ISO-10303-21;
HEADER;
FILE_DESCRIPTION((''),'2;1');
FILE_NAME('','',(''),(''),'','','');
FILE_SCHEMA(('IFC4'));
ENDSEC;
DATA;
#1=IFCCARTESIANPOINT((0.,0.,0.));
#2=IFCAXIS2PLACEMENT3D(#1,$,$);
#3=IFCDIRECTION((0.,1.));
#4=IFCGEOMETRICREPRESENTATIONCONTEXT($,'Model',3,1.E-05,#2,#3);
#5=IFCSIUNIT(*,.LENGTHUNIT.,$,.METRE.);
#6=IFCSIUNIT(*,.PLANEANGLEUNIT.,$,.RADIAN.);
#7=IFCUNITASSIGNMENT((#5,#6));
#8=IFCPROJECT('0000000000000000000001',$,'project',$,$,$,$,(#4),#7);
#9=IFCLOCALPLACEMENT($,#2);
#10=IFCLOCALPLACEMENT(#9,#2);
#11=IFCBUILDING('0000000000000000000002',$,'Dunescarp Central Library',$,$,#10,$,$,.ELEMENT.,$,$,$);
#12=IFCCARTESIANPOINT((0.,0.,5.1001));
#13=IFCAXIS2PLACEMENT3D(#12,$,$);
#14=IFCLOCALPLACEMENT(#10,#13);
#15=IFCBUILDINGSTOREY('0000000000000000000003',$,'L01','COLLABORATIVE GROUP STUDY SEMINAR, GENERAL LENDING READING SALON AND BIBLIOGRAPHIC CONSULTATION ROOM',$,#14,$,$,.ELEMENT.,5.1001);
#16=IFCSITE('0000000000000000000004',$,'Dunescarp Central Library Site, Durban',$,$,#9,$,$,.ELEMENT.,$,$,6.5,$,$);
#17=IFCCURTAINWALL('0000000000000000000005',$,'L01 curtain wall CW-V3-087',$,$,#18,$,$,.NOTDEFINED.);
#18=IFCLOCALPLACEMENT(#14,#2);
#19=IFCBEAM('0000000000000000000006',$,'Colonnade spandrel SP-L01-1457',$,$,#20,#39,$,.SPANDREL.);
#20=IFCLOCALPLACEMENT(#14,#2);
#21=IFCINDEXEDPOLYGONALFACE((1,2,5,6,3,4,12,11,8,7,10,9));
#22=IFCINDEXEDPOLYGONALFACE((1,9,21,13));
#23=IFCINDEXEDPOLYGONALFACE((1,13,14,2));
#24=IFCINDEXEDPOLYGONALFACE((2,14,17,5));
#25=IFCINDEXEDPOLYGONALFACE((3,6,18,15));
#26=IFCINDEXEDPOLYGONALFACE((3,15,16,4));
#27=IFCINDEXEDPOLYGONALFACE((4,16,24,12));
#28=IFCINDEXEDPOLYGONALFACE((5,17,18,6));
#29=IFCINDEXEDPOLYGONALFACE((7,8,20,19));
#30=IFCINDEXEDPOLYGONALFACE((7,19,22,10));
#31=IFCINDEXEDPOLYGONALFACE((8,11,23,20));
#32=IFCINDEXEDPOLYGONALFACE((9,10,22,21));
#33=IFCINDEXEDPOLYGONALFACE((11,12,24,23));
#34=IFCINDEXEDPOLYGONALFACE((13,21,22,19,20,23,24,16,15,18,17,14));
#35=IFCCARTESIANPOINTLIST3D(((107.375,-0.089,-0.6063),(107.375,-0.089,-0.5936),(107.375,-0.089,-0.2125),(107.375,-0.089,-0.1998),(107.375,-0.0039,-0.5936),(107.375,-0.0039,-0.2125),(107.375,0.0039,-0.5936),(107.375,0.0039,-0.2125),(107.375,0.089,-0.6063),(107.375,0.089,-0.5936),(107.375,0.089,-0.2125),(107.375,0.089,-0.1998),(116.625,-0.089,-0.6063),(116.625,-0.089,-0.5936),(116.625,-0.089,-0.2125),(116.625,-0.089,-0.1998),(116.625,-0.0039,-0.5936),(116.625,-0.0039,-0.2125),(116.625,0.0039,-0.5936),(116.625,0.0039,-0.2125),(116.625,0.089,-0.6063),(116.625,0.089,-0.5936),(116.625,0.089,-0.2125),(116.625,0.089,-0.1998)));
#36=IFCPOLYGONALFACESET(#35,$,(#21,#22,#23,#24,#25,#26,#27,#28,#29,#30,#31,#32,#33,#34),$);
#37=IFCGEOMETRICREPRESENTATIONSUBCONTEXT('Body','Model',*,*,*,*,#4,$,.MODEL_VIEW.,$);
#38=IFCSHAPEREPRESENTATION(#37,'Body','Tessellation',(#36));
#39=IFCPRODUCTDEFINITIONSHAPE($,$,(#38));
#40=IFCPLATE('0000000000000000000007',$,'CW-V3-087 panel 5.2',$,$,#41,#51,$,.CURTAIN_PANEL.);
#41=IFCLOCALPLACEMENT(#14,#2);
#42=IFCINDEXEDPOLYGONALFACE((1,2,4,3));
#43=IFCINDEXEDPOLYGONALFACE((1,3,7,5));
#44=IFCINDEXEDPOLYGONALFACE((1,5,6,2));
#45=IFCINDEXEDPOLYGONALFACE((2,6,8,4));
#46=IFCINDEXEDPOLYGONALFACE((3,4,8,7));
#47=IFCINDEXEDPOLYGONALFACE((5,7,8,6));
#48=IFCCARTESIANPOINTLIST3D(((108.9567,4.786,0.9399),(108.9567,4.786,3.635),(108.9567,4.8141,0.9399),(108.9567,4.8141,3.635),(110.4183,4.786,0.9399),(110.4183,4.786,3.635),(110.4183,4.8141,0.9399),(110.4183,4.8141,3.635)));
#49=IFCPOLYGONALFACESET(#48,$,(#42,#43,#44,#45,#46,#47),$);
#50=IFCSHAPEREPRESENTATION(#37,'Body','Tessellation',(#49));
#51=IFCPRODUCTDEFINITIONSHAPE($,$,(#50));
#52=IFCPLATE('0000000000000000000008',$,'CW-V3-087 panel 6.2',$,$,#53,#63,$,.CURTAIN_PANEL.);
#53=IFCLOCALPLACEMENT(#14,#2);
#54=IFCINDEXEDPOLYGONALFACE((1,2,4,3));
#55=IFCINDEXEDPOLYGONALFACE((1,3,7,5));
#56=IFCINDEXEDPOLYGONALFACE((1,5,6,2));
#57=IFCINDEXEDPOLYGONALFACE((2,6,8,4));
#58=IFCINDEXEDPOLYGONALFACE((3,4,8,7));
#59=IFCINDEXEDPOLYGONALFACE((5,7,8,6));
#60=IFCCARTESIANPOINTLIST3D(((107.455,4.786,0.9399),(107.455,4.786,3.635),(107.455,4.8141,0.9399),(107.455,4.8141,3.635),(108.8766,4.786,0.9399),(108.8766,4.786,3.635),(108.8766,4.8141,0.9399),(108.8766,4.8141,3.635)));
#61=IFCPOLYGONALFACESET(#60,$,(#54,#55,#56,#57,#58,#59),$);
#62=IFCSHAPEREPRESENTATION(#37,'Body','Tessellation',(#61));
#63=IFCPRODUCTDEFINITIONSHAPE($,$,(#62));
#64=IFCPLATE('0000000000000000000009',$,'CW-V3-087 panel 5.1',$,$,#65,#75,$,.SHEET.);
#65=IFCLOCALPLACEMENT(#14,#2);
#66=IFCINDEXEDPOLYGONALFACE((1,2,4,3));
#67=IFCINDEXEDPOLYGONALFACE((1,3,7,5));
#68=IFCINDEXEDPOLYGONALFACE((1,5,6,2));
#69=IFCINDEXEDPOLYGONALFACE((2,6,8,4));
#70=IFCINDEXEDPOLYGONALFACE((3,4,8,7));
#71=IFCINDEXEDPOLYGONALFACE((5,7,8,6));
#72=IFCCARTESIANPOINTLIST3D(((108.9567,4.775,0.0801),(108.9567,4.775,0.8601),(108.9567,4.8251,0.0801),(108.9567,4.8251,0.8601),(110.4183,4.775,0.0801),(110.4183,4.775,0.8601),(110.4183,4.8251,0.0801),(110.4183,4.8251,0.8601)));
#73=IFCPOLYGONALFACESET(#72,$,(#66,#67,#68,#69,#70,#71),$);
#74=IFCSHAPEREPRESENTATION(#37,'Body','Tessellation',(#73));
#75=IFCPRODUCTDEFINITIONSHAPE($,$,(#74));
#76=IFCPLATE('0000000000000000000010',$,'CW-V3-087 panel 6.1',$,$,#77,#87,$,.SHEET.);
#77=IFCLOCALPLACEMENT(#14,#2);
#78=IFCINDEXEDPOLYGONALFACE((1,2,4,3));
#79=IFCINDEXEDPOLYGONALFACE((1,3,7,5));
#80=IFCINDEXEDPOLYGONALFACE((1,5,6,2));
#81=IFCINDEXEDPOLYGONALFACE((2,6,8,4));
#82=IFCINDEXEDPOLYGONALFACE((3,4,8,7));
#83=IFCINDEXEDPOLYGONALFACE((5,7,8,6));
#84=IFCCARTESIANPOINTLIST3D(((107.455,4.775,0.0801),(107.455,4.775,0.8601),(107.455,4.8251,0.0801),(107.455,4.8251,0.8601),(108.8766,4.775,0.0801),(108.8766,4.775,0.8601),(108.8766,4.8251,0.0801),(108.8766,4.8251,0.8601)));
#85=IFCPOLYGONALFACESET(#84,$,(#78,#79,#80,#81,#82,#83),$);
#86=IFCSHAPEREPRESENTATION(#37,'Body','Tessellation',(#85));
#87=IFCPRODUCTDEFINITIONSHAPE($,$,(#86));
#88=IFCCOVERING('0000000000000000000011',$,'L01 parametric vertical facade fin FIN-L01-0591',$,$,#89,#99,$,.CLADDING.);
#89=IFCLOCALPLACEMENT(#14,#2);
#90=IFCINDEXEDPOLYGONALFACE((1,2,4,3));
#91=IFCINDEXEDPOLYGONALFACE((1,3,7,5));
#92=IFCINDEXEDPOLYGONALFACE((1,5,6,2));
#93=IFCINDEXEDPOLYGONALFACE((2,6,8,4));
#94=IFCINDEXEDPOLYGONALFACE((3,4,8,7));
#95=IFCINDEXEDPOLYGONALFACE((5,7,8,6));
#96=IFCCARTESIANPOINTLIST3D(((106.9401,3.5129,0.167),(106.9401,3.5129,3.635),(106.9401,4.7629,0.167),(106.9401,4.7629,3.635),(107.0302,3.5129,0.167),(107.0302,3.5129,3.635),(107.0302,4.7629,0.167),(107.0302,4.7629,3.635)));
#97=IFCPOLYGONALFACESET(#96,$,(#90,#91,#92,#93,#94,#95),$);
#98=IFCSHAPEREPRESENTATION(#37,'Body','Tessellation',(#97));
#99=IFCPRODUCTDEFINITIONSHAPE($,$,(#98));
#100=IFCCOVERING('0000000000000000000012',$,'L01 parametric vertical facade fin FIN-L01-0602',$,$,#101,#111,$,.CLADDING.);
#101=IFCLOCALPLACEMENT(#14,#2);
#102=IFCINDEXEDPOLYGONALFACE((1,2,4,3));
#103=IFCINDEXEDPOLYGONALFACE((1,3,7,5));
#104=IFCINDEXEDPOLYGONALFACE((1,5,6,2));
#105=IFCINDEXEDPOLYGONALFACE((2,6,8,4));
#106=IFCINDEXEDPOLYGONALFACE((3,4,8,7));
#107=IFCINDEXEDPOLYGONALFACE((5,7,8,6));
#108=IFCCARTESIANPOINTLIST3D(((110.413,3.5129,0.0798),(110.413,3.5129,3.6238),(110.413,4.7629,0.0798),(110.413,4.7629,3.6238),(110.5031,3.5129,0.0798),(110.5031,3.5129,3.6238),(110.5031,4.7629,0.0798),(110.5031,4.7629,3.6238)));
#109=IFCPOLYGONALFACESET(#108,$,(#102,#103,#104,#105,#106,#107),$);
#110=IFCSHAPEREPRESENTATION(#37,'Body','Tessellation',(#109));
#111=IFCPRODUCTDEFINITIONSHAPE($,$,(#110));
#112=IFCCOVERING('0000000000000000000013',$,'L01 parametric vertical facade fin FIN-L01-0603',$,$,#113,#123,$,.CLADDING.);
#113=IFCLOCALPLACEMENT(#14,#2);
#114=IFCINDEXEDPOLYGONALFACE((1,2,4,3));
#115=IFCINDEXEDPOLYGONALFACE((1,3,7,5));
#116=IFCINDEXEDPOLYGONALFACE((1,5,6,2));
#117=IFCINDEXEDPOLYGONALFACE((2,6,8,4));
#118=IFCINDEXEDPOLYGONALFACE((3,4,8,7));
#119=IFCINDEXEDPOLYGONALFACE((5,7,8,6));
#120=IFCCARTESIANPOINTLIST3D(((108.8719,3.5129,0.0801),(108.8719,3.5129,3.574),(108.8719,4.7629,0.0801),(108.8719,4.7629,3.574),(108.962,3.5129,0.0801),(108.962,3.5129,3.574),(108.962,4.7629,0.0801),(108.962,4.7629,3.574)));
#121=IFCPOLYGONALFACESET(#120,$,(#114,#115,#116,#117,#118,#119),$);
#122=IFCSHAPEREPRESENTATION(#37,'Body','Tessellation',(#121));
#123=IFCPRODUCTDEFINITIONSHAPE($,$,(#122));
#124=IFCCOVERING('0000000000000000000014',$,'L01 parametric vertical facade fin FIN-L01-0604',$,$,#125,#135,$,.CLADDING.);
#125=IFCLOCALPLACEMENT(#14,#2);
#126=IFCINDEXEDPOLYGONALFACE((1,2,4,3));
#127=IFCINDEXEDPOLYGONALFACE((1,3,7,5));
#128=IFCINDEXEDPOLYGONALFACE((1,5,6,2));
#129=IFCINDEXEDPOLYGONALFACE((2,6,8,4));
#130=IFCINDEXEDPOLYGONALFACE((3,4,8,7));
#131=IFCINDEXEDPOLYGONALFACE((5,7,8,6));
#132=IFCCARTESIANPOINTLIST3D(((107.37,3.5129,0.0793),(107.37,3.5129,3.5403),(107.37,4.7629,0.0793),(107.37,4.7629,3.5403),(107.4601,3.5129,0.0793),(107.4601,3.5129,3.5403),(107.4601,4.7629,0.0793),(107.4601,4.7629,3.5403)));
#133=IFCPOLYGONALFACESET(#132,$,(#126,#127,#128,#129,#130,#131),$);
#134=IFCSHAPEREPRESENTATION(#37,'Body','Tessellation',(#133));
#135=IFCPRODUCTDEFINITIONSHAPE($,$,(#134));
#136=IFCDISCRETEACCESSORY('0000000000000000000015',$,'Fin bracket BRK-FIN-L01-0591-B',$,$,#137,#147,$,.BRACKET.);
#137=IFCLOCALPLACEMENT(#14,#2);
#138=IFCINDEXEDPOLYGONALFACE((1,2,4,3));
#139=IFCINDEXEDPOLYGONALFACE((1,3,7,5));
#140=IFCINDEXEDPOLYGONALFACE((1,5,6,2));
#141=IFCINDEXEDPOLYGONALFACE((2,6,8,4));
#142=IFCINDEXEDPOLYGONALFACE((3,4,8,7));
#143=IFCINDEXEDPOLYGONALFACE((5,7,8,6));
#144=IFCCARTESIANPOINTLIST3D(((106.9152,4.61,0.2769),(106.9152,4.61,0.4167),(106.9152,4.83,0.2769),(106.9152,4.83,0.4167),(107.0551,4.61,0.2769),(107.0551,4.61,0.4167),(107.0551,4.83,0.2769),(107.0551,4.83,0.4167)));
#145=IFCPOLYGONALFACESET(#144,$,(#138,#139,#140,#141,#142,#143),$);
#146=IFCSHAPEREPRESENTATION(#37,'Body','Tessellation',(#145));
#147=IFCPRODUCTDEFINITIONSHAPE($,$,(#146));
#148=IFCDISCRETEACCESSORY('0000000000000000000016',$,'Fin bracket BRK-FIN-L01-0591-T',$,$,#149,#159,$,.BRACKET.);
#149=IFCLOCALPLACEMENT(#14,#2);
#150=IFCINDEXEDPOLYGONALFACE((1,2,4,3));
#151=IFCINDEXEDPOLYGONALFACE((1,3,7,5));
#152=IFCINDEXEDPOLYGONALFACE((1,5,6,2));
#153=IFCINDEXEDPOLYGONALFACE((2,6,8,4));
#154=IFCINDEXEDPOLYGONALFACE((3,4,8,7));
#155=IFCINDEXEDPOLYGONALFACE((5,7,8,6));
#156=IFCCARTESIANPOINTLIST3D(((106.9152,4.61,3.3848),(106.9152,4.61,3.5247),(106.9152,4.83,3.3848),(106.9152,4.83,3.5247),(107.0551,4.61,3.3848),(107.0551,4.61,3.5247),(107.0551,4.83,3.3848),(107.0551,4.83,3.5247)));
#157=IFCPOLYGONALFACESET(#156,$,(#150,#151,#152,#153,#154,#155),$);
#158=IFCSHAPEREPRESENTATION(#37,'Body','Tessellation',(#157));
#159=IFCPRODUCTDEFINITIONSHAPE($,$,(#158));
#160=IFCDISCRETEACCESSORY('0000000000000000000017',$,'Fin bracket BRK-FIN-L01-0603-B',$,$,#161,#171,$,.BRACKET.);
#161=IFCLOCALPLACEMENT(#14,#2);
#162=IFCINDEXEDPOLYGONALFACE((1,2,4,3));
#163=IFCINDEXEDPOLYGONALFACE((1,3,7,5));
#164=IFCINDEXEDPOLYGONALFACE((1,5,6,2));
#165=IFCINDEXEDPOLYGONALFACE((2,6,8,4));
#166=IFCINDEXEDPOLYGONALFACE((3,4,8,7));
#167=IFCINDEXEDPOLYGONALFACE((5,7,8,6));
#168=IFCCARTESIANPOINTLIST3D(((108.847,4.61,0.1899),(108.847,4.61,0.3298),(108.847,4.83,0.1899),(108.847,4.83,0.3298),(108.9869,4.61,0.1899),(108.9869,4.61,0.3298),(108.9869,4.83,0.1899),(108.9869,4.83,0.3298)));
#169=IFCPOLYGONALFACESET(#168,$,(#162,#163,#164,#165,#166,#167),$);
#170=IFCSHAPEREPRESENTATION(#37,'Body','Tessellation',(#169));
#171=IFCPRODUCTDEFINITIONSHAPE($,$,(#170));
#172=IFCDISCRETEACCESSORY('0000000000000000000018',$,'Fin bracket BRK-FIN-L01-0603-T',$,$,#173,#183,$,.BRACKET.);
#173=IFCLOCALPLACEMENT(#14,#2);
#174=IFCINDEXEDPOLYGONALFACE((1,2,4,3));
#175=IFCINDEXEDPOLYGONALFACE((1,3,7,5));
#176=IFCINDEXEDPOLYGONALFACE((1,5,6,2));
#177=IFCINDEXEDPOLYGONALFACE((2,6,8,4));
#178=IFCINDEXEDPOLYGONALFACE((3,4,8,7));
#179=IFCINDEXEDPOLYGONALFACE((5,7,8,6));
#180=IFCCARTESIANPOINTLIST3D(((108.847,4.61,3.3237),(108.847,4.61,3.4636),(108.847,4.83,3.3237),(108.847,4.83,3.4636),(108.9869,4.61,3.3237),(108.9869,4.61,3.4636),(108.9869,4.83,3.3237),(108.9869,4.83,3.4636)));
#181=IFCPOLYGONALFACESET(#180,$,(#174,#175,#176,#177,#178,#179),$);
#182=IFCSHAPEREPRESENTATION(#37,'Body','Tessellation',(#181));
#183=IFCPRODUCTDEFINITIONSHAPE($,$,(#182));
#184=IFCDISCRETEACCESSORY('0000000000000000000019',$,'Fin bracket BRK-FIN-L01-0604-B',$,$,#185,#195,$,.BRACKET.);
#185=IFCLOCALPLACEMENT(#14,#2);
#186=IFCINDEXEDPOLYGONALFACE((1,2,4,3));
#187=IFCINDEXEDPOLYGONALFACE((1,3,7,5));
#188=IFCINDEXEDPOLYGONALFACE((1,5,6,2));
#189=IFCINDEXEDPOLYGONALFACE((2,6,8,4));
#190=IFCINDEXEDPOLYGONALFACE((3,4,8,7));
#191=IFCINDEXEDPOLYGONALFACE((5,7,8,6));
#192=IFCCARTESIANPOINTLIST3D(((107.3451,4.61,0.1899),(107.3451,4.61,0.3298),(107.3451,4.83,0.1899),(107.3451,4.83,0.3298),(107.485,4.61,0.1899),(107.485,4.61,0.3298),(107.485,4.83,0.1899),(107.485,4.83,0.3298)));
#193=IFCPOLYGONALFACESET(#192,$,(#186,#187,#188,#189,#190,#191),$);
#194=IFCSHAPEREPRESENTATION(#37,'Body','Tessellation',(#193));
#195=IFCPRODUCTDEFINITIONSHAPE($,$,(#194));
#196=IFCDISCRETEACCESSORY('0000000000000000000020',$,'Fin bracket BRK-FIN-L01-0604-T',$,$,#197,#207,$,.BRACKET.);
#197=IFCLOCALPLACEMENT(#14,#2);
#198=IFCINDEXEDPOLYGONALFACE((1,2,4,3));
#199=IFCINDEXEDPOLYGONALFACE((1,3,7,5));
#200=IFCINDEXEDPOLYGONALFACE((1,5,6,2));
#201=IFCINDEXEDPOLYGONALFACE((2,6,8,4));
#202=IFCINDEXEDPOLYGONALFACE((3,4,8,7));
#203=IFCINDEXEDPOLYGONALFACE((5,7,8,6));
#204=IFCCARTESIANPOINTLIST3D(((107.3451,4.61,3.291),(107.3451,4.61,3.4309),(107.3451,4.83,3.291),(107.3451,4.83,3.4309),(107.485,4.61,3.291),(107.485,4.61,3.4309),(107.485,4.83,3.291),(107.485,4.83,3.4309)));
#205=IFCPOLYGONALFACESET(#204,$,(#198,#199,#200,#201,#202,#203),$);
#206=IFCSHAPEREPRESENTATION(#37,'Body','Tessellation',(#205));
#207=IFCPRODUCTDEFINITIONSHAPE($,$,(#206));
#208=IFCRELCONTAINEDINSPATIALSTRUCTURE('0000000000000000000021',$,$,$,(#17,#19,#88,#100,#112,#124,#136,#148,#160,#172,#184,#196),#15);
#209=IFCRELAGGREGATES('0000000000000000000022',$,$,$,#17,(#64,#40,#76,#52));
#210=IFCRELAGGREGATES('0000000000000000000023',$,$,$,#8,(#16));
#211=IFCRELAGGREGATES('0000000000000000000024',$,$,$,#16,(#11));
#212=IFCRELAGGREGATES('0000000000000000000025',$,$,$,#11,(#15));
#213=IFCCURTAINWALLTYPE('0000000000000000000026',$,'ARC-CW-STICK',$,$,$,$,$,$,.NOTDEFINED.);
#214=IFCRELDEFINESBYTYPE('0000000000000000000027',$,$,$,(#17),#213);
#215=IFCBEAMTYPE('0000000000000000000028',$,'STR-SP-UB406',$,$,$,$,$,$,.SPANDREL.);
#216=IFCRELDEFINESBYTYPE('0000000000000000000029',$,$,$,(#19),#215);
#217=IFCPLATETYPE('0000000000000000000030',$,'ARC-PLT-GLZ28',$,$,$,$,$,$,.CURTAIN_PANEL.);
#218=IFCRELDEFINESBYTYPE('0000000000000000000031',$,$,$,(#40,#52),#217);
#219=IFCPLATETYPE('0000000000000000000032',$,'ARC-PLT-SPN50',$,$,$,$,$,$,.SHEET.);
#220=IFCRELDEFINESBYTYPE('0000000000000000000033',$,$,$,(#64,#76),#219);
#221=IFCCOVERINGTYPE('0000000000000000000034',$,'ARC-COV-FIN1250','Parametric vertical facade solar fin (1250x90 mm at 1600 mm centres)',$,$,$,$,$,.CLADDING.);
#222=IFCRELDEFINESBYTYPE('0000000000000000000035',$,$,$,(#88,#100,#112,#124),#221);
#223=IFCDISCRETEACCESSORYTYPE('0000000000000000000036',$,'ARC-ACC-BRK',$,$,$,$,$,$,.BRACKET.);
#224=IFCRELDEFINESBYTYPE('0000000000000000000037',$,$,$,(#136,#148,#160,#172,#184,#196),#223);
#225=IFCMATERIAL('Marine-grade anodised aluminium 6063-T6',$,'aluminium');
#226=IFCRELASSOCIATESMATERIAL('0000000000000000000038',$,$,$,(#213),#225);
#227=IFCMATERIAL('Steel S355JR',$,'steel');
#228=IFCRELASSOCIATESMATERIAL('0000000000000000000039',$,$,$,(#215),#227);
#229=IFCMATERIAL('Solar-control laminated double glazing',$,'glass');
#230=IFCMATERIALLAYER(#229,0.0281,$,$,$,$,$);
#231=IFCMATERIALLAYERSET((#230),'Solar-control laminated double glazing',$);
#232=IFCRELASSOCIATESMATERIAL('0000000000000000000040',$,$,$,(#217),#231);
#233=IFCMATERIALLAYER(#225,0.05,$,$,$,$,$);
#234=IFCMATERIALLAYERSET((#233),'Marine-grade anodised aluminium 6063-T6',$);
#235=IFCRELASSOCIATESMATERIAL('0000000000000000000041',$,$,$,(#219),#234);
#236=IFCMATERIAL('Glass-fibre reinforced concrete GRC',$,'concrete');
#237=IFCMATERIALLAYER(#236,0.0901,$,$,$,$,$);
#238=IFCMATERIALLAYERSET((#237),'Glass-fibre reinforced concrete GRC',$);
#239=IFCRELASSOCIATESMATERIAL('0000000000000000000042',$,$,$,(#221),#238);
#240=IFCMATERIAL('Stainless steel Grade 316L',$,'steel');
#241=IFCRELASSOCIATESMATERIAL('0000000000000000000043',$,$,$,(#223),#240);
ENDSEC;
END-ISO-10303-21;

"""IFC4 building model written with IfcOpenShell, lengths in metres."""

from ifc_helpers import new_model, si_unit, direction, frame, origin, origin_2d, place, context, subcontext, project, spatial, rectangle, i_section, extrude, material, layer, layer_set, material_profile, profile_set, type_object, element, aggregate, save


model = new_model("IFC4")

# Units and contexts
model_context = context("Model", 3, precision=1e-05, world=origin(), true_north=direction((0.0, 1.0)))
body_context = subcontext(model_context, "Body", "Model", "MODEL_VIEW")
ifc_project = project(units=[si_unit("LENGTHUNIT", "METRE"), si_unit("PLANEANGLEUNIT", "RADIAN")], contexts=[model_context])

# Site, building, storey
site_placement = place(None, origin())
site = spatial("IfcSite", under=ifc_project, at=site_placement, Name="Dunescarp Central Library Site, Durban", CompositionType="ELEMENT", RefElevation=6.5)
building_placement = place(site_placement, origin())
building = spatial("IfcBuilding", under=site, at=building_placement, Name="Dunescarp Central Library", CompositionType="ELEMENT")
storey_placement = place(building_placement, frame((0.0, 0.0, 5.1001)))
storey = spatial("IfcBuildingStorey", under=building, at=storey_placement, Name="L01", Description="COLLABORATIVE GROUP STUDY SEMINAR, GENERAL LENDING READING SALON AND BIBLIOGRAPHIC CONSULTATION ROOM", CompositionType="ELEMENT", Elevation=5.1001)

# Shared definitions
ifc_material_1 = material(Name="Steel S355JR", Category="steel")

# Shared definitions
ifc_material_2 = material(Name="Marine-grade anodised aluminium 6063-T6", Category="aluminium")
curtain_wall_type = type_object("IfcCurtainWallType", Name="ARC-CW-STICK", PredefinedType="NOTDEFINED", material=ifc_material_2)

# Curtain wall
curtain_wall_1_placement = place(storey_placement, origin())
curtain_wall_1 = element("IfcCurtainWall", 1, at=curtain_wall_1_placement, inside=storey, type_object=curtain_wall_type, Name="L01 curtain wall CW-V3-087", PredefinedType="NOTDEFINED")

# Beam
ifc_material_profile_1 = material_profile(ifc_material_1, i_section(OverallWidth=0.178, OverallDepth=0.4065, WebThickness=0.0078, FlangeThickness=0.0127, at=origin_2d()), Name="UB 406x178x60")
ifc_profile_set_1 = profile_set([ifc_material_profile_1], Name="Steel S355JR")
beam_type_1 = type_object("IfcBeamType", Name="STR-SP-UB406", PredefinedType="SPANDREL", material=ifc_profile_set_1)
beam_1_placement = place(storey_placement, frame((107.375, 0.0, -0.4031), z_axis=(1.0, 0.0, 0.0), x_axis=(0.0, 1.0, 0.0)))
element("IfcBeam", 2, at=beam_1_placement, inside=storey, type_object=beam_type_1, Name="Colonnade spandrel SP-L01-1457", PredefinedType="SPANDREL", context=body_context, shape_type="SweptSolid", body=[
    extrude(i_section(OverallWidth=0.178, OverallDepth=0.4065, WebThickness=0.0078, FlangeThickness=0.0127, at=origin_2d()), origin(), (0.0, 0.0, 1.0), 9.25),
])

# Plates
ifc_material_3 = material(Name="Solar-control laminated double glazing", Category="glass")
ifc_layer_1 = layer(ifc_material_3, 0.0281)
ifc_layer_set_1 = layer_set([ifc_layer_1], Name="Solar-control laminated double glazing")
plate_type_1 = type_object("IfcPlateType", Name="ARC-PLT-GLZ28", PredefinedType="CURTAIN_PANEL", material=ifc_layer_set_1)
plate_1_placement = place(storey_placement, frame((109.6875, 4.8, 0.9399), z_axis=(0.0, 0.0, 1.0), x_axis=(-1.0, 0.0, 0.0)))
plate_1 = element("IfcPlate", 3, at=plate_1_placement, type_object=plate_type_1, Name="CW-V3-087 panel 5.2", PredefinedType="CURTAIN_PANEL", context=body_context, shape_type="SweptSolid", body=[
    extrude(rectangle(XDim=1.4617, YDim=0.0281, at=origin_2d()), origin(), (0.0, 0.0, 1.0), 2.6951),
])
plate_2_placement = place(storey_placement, frame((108.1658, 4.8, 0.9399), z_axis=(0.0, 0.0, 1.0), x_axis=(-1.0, 0.0, 0.0)))
plate_2 = element("IfcPlate", 4, at=plate_2_placement, type_object=plate_type_1, Name="CW-V3-087 panel 6.2", PredefinedType="CURTAIN_PANEL", context=body_context, shape_type="SweptSolid", body=[
    extrude(rectangle(XDim=1.4216, YDim=0.0281, at=origin_2d()), origin(), (0.0, 0.0, 1.0), 2.6951),
])
ifc_layer_2 = layer(ifc_material_2, 0.05)
ifc_layer_set_2 = layer_set([ifc_layer_2], Name="Marine-grade anodised aluminium 6063-T6")
plate_type_2 = type_object("IfcPlateType", Name="ARC-PLT-SPN50", PredefinedType="SHEET", material=ifc_layer_set_2)
plate_3_placement = place(storey_placement, frame((109.6875, 4.8, 0.0801), z_axis=(0.0, 0.0, 1.0), x_axis=(-1.0, 0.0, 0.0)))
plate_3 = element("IfcPlate", 5, at=plate_3_placement, type_object=plate_type_2, Name="CW-V3-087 panel 5.1", PredefinedType="SHEET", context=body_context, shape_type="SweptSolid", body=[
    extrude(rectangle(XDim=1.4617, YDim=0.05, at=origin_2d()), origin(), (0.0, 0.0, 1.0), 0.78),
])
plate_4_placement = place(storey_placement, frame((108.1658, 4.8, 0.0801), z_axis=(0.0, 0.0, 1.0), x_axis=(-1.0, 0.0, 0.0)))
plate_4 = element("IfcPlate", 6, at=plate_4_placement, type_object=plate_type_2, Name="CW-V3-087 panel 6.1", PredefinedType="SHEET", context=body_context, shape_type="SweptSolid", body=[
    extrude(rectangle(XDim=1.4216, YDim=0.05, at=origin_2d()), origin(), (0.0, 0.0, 1.0), 0.78),
])
aggregate(curtain_wall_1, [plate_3, plate_1, plate_4, plate_2])

# Coverings
ifc_material_4 = material(Name="Glass-fibre reinforced concrete GRC", Category="concrete")
ifc_layer_3 = layer(ifc_material_4, 0.0901)
ifc_layer_set_3 = layer_set([ifc_layer_3], Name="Glass-fibre reinforced concrete GRC")
covering_type = type_object("IfcCoveringType", Name="ARC-COV-FIN1250", Description="Parametric vertical facade solar fin (1250x90 mm at 1600 mm centres)", PredefinedType="CLADDING", material=ifc_layer_set_3)
covering_1_placement = place(storey_placement, frame((106.9851, 4.1379, 0.167), z_axis=(0.0, 0.0, 1.0), x_axis=(0.0, -1.0, 0.0)))
element("IfcCovering", 7, at=covering_1_placement, inside=storey, type_object=covering_type, Name="L01 parametric vertical facade fin FIN-L01-0591", PredefinedType="CLADDING", context=body_context, shape_type="SweptSolid", body=[
    extrude(rectangle(XDim=1.25, YDim=0.0901, at=origin_2d()), origin(), (0.0, 0.0, 1.0), 3.468),
])
covering_2_placement = place(storey_placement, frame((110.458, 4.1379, 0.0798), z_axis=(0.0, 0.0, 1.0), x_axis=(0.0, -1.0, 0.0)))
element("IfcCovering", 8, at=covering_2_placement, inside=storey, type_object=covering_type, Name="L01 parametric vertical facade fin FIN-L01-0602", PredefinedType="CLADDING", context=body_context, shape_type="SweptSolid", body=[
    extrude(rectangle(XDim=1.25, YDim=0.0901, at=origin_2d()), origin(), (0.0, 0.0, 1.0), 3.5439),
])
covering_3_placement = place(storey_placement, frame((108.917, 4.1379, 0.0801), z_axis=(0.0, 0.0, 1.0), x_axis=(0.0, -1.0, 0.0)))
element("IfcCovering", 9, at=covering_3_placement, inside=storey, type_object=covering_type, Name="L01 parametric vertical facade fin FIN-L01-0603", PredefinedType="CLADDING", context=body_context, shape_type="SweptSolid", body=[
    extrude(rectangle(XDim=1.25, YDim=0.0901, at=origin_2d()), origin(), (0.0, 0.0, 1.0), 3.4939),
])
covering_4_placement = place(storey_placement, frame((107.415, 4.1379, 0.0793), z_axis=(0.0, 0.0, 1.0), x_axis=(0.0, -1.0, 0.0)))
element("IfcCovering", 10, at=covering_4_placement, inside=storey, type_object=covering_type, Name="L01 parametric vertical facade fin FIN-L01-0604", PredefinedType="CLADDING", context=body_context, shape_type="SweptSolid", body=[
    extrude(rectangle(XDim=1.25, YDim=0.0901, at=origin_2d()), origin(), (0.0, 0.0, 1.0), 3.4609),
])

# Discrete accessories
ifc_material_5 = material(Name="Stainless steel Grade 316L", Category="steel")
discrete_accessory_type = type_object("IfcDiscreteAccessoryType", Name="ARC-ACC-BRK", PredefinedType="BRACKET", material=ifc_material_5)
for number, where, z_axis, x_axis, name in (
    (11, (106.9851, 4.72, 0.2769), (0.0, 0.0, 1.0), (0.0, -1.0, 0.0), "Fin bracket BRK-FIN-L01-0591-B"),
    (12, (106.9851, 4.72, 3.3848), (0.0, 0.0, 1.0), (0.0, -1.0, 0.0), "Fin bracket BRK-FIN-L01-0591-T"),
    (13, (108.917, 4.72, 0.1899), (0.0, 0.0, 1.0), (0.0, -1.0, 0.0), "Fin bracket BRK-FIN-L01-0603-B"),
    (14, (108.917, 4.72, 3.3237), (0.0, 0.0, 1.0), (0.0, -1.0, 0.0), "Fin bracket BRK-FIN-L01-0603-T"),
    (15, (107.415, 4.72, 0.1899), (0.0, 0.0, 1.0), (0.0, -1.0, 0.0), "Fin bracket BRK-FIN-L01-0604-B"),
    (16, (107.415, 4.72, 3.291), (0.0, 0.0, 1.0), (0.0, -1.0, 0.0), "Fin bracket BRK-FIN-L01-0604-T"),
):
    element("IfcDiscreteAccessory", number, at=place(storey_placement, frame(where, z_axis=z_axis, x_axis=x_axis)), inside=storey, type_object=discrete_accessory_type, Name=name, PredefinedType="BRACKET", context=body_context, shape_type="SweptSolid", body=[
        extrude(rectangle(XDim=0.22, YDim=0.1399, at=origin_2d()), origin(), (0.0, 0.0, 1.0), 0.1399),
    ])

save(model, "model.ifc")
